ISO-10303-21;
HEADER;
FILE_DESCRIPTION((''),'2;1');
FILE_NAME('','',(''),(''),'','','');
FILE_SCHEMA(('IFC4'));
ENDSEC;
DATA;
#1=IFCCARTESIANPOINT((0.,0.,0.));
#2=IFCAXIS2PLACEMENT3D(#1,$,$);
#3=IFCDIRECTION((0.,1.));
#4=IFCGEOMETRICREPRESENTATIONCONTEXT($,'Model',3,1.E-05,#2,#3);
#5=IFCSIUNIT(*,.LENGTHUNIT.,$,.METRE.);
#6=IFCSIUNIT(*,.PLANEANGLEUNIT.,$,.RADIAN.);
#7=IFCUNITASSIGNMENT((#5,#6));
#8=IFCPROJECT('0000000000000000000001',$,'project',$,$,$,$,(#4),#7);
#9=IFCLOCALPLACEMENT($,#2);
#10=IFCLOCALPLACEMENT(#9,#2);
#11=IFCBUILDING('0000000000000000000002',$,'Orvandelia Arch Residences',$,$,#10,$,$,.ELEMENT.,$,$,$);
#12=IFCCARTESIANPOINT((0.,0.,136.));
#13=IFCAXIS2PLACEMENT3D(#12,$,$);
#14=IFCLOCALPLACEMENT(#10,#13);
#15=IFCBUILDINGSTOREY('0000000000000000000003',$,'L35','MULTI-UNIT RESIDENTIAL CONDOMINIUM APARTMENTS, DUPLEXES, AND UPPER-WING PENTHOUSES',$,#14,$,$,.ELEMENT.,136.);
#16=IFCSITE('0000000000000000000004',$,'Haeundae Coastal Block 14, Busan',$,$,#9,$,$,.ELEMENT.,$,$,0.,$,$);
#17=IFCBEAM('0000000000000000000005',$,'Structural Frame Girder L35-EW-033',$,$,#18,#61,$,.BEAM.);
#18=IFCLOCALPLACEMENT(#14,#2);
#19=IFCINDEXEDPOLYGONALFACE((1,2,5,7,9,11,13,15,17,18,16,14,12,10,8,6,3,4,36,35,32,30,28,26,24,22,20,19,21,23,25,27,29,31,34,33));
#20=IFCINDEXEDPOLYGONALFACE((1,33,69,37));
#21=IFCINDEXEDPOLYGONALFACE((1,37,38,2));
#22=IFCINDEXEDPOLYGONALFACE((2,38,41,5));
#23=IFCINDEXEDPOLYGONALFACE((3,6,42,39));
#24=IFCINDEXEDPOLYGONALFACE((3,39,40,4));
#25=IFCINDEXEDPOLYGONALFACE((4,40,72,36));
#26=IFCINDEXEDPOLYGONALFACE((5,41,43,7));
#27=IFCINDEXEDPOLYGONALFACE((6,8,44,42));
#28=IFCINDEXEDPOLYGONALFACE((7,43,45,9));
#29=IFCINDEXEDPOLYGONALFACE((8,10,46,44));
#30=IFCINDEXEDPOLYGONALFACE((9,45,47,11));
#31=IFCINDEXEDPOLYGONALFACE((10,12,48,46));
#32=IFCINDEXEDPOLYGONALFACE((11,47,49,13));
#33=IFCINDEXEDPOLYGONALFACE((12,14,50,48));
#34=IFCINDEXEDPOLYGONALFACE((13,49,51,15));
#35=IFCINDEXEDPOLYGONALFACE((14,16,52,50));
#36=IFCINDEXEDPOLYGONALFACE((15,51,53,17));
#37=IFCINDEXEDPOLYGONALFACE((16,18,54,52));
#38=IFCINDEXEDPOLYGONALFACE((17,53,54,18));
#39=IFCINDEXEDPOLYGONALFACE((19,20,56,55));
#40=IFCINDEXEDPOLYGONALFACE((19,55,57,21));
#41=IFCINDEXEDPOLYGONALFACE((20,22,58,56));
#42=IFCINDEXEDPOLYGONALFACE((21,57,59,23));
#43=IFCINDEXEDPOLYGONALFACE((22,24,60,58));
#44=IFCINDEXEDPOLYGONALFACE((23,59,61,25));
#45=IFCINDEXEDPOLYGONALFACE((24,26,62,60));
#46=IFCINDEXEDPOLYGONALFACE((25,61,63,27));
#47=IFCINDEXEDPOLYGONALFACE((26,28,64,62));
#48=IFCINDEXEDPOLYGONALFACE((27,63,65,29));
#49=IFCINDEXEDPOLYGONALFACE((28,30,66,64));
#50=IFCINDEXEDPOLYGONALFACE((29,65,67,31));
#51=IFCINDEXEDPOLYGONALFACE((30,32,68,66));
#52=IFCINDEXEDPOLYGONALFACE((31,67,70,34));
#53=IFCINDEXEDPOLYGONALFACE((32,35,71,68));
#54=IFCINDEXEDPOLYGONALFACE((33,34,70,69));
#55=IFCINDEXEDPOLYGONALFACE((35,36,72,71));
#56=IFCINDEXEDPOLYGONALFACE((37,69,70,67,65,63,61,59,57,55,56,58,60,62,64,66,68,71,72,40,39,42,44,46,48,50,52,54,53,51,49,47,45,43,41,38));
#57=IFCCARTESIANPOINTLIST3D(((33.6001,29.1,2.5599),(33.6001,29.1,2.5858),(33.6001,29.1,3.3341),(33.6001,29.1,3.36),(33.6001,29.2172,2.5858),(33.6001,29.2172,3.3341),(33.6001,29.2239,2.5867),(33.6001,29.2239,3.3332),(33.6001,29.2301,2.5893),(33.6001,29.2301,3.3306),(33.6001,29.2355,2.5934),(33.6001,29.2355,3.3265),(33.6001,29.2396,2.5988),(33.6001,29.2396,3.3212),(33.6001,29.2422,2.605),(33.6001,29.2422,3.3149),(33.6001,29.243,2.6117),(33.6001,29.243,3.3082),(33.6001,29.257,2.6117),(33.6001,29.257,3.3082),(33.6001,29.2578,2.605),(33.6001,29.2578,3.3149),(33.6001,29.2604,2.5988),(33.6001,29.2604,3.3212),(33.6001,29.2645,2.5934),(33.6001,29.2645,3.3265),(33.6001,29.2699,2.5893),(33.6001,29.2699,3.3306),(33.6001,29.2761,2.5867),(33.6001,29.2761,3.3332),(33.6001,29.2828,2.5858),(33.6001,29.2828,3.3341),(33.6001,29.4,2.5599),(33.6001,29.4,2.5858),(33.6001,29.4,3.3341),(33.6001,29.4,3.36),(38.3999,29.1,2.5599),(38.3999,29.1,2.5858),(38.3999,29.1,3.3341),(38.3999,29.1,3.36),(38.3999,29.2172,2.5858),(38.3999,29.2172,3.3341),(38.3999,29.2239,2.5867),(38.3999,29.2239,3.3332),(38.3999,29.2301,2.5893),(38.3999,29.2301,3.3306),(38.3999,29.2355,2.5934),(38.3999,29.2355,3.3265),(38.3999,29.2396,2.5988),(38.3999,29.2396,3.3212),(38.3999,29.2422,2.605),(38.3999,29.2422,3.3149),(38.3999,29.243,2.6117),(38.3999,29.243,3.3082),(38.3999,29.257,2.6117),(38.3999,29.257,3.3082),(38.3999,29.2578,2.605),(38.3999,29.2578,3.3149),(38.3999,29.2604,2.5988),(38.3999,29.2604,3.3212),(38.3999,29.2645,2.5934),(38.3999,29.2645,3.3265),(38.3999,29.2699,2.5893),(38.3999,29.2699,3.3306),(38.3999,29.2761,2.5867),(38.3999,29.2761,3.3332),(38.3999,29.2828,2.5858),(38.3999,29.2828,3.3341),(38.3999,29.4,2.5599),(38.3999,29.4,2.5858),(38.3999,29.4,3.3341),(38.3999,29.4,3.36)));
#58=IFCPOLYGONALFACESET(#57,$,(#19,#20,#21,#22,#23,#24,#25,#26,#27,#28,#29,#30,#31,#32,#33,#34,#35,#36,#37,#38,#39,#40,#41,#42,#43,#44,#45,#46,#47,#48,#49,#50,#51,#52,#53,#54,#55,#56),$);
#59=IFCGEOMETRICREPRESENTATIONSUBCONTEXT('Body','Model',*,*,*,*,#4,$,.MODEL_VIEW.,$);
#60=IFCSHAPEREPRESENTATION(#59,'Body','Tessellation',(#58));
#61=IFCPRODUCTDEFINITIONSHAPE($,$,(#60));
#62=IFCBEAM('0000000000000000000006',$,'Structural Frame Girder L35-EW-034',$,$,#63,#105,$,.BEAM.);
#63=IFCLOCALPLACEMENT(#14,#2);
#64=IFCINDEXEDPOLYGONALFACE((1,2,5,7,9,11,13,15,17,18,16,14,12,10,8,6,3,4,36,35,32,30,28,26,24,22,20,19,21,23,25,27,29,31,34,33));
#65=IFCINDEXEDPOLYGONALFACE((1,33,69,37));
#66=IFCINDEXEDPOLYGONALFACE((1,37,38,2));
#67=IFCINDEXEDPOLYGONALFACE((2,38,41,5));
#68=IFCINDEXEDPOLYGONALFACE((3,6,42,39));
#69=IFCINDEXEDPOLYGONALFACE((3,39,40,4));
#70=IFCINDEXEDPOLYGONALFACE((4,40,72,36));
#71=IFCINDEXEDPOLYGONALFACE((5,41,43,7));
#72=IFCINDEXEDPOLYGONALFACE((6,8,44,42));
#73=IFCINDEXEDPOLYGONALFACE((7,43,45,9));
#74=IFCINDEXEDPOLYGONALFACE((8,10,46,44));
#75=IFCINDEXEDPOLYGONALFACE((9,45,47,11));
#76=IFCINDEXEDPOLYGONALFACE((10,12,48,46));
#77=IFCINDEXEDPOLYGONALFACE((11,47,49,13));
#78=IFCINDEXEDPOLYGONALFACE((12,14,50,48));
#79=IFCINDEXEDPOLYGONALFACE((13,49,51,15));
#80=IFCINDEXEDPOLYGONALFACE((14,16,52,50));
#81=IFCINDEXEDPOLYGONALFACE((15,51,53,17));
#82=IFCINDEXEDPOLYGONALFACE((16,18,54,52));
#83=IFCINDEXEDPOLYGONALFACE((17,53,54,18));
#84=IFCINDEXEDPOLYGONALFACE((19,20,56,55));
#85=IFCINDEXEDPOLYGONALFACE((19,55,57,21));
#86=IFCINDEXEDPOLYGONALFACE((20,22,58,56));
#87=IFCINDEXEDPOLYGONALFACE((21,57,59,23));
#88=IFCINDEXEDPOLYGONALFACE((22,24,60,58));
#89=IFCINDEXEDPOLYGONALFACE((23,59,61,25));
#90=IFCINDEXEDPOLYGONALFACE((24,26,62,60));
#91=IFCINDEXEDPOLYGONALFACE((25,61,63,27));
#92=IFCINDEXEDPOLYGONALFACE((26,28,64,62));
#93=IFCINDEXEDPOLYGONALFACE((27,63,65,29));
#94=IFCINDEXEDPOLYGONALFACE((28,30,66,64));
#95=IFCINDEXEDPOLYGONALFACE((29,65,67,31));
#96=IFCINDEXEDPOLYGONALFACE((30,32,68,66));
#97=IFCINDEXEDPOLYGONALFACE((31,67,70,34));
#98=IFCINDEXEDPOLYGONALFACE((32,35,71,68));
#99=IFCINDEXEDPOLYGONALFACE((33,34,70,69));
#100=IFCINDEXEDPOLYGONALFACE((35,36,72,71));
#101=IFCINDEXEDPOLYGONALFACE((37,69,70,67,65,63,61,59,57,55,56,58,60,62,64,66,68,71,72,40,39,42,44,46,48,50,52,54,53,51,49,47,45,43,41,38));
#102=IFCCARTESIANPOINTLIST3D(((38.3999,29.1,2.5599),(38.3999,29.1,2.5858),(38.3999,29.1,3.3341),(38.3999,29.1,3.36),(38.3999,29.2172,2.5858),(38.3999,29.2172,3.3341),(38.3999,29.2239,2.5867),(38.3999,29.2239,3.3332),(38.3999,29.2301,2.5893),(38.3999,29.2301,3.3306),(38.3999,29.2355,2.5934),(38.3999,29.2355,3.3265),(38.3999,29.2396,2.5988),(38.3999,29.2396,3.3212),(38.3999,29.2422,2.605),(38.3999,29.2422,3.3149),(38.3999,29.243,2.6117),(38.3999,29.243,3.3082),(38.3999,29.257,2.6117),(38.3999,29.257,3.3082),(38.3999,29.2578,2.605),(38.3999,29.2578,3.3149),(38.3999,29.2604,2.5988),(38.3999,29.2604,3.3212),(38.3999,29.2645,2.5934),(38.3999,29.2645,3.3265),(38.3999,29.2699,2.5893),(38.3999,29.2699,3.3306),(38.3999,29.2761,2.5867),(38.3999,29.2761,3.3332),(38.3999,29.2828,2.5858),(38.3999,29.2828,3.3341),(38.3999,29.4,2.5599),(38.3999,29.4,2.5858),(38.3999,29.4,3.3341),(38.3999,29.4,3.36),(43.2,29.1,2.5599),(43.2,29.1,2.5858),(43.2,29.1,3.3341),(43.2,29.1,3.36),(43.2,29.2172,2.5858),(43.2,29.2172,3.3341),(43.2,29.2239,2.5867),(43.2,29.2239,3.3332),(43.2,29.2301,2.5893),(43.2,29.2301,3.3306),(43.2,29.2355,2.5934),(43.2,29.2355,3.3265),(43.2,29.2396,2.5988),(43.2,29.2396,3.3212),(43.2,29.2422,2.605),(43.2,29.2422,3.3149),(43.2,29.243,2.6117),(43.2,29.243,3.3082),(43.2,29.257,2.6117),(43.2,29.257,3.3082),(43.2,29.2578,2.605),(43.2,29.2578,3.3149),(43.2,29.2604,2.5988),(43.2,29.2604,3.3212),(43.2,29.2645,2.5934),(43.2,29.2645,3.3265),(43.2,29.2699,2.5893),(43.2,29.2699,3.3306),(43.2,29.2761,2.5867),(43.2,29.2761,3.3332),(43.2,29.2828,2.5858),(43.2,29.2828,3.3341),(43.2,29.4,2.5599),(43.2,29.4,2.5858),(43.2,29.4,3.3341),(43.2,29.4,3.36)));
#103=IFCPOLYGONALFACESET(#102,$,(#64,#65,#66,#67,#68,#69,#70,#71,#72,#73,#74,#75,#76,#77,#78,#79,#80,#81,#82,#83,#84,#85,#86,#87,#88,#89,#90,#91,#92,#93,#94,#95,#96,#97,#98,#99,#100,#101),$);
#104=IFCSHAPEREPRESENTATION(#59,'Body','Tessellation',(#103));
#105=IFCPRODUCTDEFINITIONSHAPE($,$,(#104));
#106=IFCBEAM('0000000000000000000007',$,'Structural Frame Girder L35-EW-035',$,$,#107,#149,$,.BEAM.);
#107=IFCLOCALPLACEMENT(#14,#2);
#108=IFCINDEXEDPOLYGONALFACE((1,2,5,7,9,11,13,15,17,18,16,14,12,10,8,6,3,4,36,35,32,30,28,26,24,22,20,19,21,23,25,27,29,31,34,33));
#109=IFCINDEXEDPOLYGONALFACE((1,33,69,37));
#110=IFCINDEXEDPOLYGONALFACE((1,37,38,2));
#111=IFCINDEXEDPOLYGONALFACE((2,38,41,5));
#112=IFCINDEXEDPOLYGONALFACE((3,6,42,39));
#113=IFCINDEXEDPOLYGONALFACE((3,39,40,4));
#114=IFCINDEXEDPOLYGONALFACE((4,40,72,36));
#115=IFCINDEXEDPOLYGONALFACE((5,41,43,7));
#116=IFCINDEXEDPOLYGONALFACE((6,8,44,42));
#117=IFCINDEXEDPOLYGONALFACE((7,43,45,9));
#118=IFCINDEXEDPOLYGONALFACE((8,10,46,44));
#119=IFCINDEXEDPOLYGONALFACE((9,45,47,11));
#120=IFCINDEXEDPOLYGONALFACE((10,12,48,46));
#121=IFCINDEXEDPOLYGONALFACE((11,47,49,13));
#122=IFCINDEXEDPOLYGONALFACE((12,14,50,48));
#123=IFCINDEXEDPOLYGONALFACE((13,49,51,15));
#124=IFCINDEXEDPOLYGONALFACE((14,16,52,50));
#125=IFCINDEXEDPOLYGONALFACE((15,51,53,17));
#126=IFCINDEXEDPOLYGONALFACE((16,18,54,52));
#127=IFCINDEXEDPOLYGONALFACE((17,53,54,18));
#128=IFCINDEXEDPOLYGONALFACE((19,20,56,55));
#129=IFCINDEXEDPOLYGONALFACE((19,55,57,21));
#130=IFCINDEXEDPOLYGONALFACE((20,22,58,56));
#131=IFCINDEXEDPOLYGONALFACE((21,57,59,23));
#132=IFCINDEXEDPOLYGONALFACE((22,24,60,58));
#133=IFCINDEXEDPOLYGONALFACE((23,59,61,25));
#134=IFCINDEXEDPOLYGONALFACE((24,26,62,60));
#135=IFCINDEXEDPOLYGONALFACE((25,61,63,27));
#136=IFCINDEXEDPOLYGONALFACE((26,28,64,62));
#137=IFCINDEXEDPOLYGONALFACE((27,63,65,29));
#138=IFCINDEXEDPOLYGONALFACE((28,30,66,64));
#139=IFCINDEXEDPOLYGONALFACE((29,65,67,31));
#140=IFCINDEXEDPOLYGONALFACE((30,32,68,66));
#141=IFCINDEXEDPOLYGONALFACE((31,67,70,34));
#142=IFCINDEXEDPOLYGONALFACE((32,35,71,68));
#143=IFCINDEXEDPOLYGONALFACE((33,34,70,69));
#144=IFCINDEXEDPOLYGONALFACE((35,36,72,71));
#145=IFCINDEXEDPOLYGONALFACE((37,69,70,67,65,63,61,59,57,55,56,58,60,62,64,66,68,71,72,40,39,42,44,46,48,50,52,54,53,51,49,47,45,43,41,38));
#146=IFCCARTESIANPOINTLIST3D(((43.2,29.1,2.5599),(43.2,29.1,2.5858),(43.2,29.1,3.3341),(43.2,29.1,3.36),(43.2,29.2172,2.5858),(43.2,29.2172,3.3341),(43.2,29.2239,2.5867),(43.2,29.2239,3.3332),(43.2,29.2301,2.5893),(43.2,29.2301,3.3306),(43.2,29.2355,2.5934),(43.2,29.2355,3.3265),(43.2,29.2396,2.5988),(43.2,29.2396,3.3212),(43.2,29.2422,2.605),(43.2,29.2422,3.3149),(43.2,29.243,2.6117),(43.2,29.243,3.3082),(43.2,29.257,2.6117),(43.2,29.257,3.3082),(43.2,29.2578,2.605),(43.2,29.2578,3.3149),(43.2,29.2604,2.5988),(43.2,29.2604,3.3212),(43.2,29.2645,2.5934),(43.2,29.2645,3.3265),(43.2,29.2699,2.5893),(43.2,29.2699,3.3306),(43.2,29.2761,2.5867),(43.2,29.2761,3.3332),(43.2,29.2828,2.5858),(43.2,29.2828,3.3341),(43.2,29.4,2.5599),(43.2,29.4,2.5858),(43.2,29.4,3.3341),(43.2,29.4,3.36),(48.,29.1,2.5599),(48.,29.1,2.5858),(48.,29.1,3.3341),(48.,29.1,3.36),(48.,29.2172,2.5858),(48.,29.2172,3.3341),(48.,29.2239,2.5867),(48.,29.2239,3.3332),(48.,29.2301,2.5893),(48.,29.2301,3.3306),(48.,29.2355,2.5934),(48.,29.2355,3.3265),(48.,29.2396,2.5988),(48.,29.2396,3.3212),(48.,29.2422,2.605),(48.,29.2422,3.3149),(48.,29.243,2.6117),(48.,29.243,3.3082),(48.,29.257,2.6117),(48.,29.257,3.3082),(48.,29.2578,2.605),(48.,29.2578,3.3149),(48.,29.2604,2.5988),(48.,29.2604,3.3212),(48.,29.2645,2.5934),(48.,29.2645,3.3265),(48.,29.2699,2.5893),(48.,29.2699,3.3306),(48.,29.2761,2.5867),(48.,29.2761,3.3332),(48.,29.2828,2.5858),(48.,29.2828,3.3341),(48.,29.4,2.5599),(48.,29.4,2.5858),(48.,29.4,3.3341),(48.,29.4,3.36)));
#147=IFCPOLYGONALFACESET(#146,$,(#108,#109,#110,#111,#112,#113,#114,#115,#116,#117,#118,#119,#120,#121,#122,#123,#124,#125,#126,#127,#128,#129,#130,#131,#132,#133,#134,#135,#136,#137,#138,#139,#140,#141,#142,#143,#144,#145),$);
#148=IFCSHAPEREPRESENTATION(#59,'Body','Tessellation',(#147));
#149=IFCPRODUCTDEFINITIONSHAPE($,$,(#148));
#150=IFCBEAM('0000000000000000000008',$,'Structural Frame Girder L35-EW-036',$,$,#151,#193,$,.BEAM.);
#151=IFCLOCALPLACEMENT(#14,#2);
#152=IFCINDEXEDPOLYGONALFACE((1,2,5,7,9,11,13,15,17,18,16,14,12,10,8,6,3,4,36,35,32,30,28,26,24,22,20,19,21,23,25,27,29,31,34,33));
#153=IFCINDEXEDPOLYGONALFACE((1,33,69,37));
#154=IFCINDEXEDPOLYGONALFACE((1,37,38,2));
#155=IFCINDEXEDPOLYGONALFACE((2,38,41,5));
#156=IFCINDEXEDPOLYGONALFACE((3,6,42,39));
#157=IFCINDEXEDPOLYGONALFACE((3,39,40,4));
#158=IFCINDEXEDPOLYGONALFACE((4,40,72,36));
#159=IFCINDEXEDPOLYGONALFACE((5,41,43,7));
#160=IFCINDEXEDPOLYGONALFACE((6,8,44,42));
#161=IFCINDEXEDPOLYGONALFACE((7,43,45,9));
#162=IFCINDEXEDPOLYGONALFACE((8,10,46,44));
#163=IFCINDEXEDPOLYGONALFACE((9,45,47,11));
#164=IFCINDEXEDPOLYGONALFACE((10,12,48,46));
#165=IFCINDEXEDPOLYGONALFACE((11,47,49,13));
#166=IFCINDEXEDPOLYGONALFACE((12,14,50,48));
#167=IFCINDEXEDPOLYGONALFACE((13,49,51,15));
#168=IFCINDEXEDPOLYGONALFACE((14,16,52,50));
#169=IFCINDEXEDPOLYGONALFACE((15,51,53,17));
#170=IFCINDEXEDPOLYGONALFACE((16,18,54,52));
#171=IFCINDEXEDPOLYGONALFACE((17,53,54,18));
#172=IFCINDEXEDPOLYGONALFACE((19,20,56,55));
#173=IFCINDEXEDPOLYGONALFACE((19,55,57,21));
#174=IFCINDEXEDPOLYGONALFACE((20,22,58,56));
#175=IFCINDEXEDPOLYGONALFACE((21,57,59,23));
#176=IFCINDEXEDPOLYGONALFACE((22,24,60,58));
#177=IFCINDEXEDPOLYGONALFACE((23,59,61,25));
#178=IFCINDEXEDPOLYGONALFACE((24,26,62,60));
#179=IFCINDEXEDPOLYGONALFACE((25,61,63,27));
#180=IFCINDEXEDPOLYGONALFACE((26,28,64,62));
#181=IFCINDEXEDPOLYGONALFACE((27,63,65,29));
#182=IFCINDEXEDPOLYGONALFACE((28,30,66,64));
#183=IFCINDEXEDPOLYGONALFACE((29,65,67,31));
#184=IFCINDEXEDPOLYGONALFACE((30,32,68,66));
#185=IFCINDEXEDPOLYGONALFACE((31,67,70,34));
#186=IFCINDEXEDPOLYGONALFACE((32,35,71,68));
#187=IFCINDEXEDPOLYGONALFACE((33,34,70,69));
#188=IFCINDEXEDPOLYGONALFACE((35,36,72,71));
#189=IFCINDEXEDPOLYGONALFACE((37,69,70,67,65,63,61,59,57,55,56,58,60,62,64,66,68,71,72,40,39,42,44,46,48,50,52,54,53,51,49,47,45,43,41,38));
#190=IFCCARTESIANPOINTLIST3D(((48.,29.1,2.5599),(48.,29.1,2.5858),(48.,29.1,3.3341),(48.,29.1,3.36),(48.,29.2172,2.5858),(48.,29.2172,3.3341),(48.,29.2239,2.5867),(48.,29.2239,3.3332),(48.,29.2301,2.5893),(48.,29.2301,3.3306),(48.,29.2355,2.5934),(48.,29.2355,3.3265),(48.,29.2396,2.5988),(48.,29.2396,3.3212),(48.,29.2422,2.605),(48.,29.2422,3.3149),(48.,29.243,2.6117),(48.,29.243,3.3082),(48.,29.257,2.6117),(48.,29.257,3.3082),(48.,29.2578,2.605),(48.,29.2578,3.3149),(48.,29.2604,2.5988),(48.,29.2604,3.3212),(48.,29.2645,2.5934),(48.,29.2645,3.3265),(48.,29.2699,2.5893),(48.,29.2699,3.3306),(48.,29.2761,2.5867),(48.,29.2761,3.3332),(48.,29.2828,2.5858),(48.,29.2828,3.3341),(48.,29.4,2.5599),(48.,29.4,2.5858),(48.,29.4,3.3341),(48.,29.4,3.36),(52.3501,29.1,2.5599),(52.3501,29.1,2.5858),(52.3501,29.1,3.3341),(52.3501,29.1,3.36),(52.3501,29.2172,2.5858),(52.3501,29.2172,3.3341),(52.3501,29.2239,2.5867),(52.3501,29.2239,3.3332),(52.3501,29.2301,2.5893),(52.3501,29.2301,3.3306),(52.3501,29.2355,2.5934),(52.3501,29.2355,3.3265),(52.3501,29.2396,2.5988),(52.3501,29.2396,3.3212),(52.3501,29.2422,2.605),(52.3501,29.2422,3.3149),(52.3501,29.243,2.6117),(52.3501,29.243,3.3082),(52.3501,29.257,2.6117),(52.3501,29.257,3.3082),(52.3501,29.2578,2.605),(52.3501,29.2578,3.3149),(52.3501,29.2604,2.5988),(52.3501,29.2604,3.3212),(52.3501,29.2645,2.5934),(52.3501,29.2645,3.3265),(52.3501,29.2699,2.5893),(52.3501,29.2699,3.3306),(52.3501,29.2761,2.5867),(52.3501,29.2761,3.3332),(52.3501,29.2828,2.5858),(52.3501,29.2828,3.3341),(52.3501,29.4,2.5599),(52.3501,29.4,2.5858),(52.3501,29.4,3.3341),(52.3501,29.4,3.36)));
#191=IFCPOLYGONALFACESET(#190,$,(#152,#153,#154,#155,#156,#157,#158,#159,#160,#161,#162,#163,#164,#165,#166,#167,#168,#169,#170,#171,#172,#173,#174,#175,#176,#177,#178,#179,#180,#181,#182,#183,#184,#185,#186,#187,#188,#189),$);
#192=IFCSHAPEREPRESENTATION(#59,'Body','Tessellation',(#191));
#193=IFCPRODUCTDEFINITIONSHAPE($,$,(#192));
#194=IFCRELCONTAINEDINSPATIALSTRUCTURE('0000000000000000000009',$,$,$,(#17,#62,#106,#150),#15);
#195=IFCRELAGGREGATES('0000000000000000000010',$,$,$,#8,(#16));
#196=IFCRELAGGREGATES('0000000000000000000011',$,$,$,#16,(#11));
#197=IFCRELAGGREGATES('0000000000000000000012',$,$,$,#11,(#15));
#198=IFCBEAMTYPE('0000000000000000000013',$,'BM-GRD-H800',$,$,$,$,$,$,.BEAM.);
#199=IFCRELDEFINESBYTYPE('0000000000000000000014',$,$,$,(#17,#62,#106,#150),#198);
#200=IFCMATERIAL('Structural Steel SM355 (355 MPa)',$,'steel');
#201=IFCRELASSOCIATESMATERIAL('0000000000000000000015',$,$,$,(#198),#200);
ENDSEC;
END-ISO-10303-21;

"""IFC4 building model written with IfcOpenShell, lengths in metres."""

from ifc_helpers import new_model, si_unit, direction, frame, origin, origin_2d, place, context, subcontext, project, spatial, i_section, extrude, material, material_profile, profile_set, type_object, element, save


model = new_model("IFC4")

# Units and contexts
model_context = context("Model", 3, precision=1e-05, world=origin(), true_north=direction((0.0, 1.0)))
body_context = subcontext(model_context, "Body", "Model", "MODEL_VIEW")
ifc_project = project(units=[si_unit("LENGTHUNIT", "METRE"), si_unit("PLANEANGLEUNIT", "RADIAN")], contexts=[model_context])

# Site, building, storey
site_placement = place(None, origin())
site = spatial("IfcSite", under=ifc_project, at=site_placement, Name="Haeundae Coastal Block 14, Busan", CompositionType="ELEMENT", RefElevation=0.0)
building_placement = place(site_placement, origin())
building = spatial("IfcBuilding", under=site, at=building_placement, Name="Orvandelia Arch Residences", CompositionType="ELEMENT")
storey_placement = place(building_placement, frame((0.0, 0.0, 136.0)))
storey = spatial("IfcBuildingStorey", under=building, at=storey_placement, Name="L35", Description="MULTI-UNIT RESIDENTIAL CONDOMINIUM APARTMENTS, DUPLEXES, AND UPPER-WING PENTHOUSES", CompositionType="ELEMENT", Elevation=136.0)

# Beams
ifc_material_1 = material(Name="Structural Steel SM355 (355 MPa)", Category="steel")
ifc_material_profile_1 = material_profile(ifc_material_1, i_section(OverallWidth=0.3, OverallDepth=0.8, WebThickness=0.0139, FlangeThickness=0.0259, FilletRadius=0.0259, at=origin_2d()), Name="Structural Steel SM355 (355 MPa)", Category="steel")
ifc_profile_set_1 = profile_set([ifc_material_profile_1], Name="Structural Steel SM355 (355 MPa)")
beam_type = type_object("IfcBeamType", Name="BM-GRD-H800", PredefinedType="BEAM", material=ifc_profile_set_1)
beam_1_placement = place(storey_placement, frame((33.6001, 29.25, 2.96), z_axis=(1.0, 0.0, 0.0), x_axis=(0.0, 1.0, 0.0)))
element("IfcBeam", 1, at=beam_1_placement, inside=storey, type_object=beam_type, Name="Structural Frame Girder L35-EW-033", PredefinedType="BEAM", context=body_context, shape_type="SweptSolid", body=[
    extrude(i_section(OverallWidth=0.3, OverallDepth=0.8, WebThickness=0.0139, FlangeThickness=0.0259, FilletRadius=0.0259, at=origin_2d()), origin(), (0.0, 0.0, 1.0), 4.7998),
])
for number, where, z_axis, x_axis, name in (
    (2, (38.3999, 29.25, 2.96), (1.0, 0.0, 0.0), (0.0, 1.0, 0.0), "Structural Frame Girder L35-EW-034"),
    (3, (43.2, 29.25, 2.96), (1.0, 0.0, 0.0), (0.0, 1.0, 0.0), "Structural Frame Girder L35-EW-035"),
):
    element("IfcBeam", number, at=place(storey_placement, frame(where, z_axis=z_axis, x_axis=x_axis)), inside=storey, type_object=beam_type, Name=name, PredefinedType="BEAM", context=body_context, shape_type="SweptSolid", body=[
        extrude(i_section(OverallWidth=0.3, OverallDepth=0.8, WebThickness=0.0139, FlangeThickness=0.0259, FilletRadius=0.0259, at=origin_2d()), origin(), (0.0, 0.0, 1.0), 4.8),
    ])
beam_2_placement = place(storey_placement, frame((48.0, 29.25, 2.96), z_axis=(1.0, 0.0, 0.0), x_axis=(0.0, 1.0, 0.0)))
element("IfcBeam", 4, at=beam_2_placement, inside=storey, type_object=beam_type, Name="Structural Frame Girder L35-EW-036", PredefinedType="BEAM", context=body_context, shape_type="SweptSolid", body=[
    extrude(i_section(OverallWidth=0.3, OverallDepth=0.8, WebThickness=0.0139, FlangeThickness=0.0259, FilletRadius=0.0259, at=origin_2d()), origin(), (0.0, 0.0, 1.0), 4.3501),
])

save(model, "model.ifc")
